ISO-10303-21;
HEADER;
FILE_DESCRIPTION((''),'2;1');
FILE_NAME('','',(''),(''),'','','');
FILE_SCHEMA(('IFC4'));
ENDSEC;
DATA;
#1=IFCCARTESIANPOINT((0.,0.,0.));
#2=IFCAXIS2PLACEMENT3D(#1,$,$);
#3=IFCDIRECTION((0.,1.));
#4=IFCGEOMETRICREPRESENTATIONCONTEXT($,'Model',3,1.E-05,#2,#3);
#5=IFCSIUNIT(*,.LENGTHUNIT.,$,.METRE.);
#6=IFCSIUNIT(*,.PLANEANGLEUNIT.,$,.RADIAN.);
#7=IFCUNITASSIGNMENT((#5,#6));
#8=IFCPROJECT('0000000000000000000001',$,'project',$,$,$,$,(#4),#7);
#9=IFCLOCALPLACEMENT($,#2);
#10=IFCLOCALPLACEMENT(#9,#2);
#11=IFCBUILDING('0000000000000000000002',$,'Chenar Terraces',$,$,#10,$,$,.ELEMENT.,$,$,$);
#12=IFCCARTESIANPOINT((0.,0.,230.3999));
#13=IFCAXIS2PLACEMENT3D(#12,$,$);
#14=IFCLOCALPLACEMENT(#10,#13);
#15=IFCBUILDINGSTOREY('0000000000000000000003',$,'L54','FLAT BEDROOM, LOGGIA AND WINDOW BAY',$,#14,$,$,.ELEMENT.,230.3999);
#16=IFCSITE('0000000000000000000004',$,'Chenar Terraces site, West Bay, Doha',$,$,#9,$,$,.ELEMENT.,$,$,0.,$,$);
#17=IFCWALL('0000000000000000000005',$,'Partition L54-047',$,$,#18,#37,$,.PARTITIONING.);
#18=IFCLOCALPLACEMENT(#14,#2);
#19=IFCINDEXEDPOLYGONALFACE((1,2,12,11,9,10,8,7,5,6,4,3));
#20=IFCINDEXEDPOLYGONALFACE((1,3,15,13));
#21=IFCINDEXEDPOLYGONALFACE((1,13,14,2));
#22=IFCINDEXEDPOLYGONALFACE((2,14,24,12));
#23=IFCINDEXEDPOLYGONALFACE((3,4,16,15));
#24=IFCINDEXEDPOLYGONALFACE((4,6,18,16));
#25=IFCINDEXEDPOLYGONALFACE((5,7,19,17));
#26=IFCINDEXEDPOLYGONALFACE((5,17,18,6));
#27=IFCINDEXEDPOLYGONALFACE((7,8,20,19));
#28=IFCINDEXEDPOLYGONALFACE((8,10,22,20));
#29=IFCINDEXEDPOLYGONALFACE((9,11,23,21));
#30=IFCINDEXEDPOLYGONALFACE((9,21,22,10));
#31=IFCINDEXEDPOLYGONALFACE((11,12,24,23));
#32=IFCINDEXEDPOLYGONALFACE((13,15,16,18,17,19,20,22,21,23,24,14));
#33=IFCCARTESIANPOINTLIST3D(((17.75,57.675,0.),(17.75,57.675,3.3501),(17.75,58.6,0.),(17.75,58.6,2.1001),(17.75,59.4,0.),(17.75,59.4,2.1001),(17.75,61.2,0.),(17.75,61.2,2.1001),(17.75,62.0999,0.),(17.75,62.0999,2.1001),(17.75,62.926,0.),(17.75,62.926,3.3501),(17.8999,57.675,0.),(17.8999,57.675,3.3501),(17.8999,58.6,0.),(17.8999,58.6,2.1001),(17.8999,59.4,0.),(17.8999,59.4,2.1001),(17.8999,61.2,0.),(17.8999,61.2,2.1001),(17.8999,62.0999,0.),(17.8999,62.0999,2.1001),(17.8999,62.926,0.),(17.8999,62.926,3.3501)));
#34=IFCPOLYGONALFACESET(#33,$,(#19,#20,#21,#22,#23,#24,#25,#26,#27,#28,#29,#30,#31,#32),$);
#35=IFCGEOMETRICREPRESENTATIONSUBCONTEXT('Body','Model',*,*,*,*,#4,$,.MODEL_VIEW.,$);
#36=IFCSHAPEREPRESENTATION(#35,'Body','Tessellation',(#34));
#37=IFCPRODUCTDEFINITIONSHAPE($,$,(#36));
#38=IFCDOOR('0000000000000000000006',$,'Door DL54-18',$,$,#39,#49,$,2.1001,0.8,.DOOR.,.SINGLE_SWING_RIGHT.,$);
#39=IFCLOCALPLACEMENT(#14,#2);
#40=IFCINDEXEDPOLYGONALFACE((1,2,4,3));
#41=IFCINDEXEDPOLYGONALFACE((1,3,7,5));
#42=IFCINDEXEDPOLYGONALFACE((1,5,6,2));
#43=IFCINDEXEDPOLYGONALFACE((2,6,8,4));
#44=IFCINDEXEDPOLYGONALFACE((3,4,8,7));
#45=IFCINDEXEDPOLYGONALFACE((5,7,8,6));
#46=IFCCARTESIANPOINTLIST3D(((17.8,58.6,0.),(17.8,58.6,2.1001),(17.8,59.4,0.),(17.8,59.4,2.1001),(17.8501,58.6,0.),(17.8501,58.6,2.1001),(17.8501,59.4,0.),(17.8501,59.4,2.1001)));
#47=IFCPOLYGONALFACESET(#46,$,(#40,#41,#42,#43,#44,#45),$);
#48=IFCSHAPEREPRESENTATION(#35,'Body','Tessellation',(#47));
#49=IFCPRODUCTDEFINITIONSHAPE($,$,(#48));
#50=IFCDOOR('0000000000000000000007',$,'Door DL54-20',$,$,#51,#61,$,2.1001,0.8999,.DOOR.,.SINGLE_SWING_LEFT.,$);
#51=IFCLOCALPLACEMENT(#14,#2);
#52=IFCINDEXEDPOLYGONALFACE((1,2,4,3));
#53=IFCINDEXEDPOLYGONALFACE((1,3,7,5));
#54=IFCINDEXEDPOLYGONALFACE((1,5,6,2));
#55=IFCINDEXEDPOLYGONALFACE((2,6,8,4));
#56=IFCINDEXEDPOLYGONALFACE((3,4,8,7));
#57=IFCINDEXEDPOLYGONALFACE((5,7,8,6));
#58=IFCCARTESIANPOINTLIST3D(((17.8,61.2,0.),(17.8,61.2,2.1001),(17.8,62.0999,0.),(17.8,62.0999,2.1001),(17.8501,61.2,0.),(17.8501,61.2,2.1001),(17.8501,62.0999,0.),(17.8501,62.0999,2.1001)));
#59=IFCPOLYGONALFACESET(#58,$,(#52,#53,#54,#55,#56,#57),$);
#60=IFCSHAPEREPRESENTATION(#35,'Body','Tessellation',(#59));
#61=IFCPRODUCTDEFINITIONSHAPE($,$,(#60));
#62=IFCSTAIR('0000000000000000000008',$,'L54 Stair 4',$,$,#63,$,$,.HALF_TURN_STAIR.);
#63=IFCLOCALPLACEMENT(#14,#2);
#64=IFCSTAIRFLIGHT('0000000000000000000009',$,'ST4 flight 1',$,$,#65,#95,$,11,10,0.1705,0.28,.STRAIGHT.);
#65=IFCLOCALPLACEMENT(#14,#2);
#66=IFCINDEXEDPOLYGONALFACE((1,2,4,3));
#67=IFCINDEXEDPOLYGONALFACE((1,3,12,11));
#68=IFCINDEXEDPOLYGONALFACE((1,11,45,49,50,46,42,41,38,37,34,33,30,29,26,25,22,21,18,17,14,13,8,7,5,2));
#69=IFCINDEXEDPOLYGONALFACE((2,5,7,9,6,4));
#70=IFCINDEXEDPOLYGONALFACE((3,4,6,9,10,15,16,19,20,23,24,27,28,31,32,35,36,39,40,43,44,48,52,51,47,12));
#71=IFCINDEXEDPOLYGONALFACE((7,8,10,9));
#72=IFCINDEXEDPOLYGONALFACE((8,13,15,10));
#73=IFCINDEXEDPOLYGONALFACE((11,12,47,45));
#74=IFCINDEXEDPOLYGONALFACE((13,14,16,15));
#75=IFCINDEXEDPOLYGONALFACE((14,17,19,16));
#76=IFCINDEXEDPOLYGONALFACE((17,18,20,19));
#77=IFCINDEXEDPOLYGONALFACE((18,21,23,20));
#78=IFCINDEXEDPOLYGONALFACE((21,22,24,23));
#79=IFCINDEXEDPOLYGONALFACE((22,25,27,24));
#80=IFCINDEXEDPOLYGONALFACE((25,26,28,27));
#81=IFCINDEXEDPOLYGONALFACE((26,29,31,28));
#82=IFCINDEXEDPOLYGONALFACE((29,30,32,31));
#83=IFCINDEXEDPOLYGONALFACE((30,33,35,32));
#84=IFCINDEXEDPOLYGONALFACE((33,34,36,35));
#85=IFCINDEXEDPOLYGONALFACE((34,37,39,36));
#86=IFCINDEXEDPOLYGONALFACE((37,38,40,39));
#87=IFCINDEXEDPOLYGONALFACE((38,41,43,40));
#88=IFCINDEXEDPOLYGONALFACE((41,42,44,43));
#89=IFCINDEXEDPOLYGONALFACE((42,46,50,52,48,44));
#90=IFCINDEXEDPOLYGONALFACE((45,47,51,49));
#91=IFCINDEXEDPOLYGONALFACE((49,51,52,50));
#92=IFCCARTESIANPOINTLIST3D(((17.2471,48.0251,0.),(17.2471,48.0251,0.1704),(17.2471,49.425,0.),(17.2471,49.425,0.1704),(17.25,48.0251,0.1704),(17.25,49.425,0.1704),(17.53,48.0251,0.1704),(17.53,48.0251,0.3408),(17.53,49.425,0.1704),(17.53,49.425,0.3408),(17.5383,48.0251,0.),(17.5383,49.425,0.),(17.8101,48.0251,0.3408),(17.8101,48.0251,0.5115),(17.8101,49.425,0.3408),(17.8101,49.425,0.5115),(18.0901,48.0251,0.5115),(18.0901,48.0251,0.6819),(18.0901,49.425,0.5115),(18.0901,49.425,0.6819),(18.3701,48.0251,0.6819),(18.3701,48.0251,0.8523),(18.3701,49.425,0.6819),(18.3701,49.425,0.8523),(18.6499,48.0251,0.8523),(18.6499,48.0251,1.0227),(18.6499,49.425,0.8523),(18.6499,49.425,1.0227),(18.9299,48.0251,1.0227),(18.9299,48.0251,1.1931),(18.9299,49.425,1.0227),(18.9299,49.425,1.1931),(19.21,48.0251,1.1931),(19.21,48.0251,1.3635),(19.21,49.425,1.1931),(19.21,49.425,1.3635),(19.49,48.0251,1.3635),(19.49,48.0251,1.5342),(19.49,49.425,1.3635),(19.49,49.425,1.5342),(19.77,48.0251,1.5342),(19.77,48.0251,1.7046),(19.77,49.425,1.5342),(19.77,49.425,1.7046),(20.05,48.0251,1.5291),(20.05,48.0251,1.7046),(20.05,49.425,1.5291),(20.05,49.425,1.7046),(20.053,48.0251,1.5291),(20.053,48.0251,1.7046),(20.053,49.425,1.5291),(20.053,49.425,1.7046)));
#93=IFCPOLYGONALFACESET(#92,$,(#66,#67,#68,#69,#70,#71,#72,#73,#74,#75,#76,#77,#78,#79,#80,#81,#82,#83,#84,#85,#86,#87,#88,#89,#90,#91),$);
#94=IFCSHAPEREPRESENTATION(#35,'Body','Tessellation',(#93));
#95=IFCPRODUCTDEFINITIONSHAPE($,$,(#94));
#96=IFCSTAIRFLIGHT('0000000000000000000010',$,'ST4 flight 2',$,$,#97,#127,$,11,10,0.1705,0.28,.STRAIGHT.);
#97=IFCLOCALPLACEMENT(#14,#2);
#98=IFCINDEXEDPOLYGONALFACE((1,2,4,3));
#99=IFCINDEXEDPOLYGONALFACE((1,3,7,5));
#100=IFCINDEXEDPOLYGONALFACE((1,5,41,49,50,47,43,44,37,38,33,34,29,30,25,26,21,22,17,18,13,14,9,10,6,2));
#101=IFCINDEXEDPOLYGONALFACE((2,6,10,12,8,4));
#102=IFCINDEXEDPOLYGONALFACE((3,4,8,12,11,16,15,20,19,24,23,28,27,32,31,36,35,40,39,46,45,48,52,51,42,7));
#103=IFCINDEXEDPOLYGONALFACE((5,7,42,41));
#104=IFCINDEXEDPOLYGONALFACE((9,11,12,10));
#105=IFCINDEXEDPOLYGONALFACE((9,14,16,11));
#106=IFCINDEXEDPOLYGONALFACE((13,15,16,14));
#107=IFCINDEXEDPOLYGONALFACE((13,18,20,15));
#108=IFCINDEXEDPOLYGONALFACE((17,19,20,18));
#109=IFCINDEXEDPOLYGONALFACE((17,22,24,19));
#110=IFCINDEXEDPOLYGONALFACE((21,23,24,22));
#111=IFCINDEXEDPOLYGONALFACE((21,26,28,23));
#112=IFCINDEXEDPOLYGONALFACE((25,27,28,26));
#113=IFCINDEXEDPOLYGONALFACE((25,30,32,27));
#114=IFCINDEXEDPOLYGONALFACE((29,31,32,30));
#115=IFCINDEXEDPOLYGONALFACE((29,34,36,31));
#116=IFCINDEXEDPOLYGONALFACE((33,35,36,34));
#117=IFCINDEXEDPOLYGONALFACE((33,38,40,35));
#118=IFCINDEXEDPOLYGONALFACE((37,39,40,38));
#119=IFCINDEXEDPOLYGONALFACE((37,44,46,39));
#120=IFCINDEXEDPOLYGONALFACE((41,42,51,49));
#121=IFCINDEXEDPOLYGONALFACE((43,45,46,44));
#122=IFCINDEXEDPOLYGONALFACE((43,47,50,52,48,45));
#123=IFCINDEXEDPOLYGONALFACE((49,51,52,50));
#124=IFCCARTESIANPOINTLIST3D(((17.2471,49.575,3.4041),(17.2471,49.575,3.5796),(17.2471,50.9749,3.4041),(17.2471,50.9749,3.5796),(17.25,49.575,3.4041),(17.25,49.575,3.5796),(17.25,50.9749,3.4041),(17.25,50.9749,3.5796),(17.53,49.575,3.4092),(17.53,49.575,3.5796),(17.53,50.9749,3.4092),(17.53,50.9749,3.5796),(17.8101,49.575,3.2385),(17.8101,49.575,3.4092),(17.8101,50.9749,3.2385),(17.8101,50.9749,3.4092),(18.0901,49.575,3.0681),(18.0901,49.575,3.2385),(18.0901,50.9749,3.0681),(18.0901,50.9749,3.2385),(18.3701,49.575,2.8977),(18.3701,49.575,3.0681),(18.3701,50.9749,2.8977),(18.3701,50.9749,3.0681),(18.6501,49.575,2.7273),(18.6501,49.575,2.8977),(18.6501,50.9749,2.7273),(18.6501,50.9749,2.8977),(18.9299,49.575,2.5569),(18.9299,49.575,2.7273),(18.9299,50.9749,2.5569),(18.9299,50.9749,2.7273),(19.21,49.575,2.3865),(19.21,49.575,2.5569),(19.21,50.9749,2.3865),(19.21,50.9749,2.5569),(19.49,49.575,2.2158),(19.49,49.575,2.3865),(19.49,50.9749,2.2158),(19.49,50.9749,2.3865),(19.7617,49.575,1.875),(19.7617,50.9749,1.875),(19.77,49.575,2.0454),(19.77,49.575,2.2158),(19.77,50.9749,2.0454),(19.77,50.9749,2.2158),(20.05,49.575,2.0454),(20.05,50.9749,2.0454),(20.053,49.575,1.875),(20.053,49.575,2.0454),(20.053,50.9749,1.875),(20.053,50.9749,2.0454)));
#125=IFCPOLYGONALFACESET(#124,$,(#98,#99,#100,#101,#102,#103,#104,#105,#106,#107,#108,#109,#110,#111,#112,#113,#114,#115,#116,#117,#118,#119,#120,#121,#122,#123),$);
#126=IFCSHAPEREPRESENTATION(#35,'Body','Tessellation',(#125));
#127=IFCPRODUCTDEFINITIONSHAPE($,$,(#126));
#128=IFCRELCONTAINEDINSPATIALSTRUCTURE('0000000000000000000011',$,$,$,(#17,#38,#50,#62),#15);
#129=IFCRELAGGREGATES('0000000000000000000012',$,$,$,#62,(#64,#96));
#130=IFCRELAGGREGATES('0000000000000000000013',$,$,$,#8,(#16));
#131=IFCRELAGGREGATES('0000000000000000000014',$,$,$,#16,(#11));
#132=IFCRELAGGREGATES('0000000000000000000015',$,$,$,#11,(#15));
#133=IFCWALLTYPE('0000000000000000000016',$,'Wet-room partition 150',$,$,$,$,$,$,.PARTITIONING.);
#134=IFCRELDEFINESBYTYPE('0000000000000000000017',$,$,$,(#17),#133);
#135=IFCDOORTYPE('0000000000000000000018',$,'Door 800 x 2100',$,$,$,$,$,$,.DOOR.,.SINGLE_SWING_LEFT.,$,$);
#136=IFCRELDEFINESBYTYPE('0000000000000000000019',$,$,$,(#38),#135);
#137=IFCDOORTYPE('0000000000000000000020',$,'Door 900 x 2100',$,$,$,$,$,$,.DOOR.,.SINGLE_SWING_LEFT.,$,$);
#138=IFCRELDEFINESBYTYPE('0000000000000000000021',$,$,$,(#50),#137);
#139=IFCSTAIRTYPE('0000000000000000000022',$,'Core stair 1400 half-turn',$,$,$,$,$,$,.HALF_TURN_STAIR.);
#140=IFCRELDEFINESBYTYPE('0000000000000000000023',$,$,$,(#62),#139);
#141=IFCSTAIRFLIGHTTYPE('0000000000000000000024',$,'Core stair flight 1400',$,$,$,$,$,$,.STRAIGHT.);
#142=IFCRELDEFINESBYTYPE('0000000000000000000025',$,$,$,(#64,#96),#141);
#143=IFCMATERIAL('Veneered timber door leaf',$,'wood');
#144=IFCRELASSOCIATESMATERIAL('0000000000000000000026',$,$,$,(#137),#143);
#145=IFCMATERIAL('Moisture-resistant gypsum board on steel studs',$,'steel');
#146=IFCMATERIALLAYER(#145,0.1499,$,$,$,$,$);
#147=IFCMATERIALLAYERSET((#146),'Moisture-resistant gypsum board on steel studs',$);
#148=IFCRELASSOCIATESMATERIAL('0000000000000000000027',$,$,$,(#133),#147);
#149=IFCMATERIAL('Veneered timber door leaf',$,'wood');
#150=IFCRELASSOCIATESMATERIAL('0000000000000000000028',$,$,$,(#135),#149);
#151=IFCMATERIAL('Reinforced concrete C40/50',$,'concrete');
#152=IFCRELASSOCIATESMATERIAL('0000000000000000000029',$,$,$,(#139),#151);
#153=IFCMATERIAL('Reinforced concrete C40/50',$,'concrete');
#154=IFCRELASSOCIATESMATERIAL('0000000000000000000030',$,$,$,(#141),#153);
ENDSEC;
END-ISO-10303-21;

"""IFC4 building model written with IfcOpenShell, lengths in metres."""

from ifc_helpers import new_model, si_unit, direction, frame, frame_2d, origin, place, context, subcontext, project, spatial, polyline, rectangle, outline, extrude, material, layer, layer_set, type_object, element, fill, aggregate, save


model = new_model("IFC4")

# Units and contexts
model_context = context("Model", 3, precision=1e-05, world=origin(), true_north=direction((0.0, 1.0)))
body_context = subcontext(model_context, "Body", "Model", "MODEL_VIEW")
ifc_project = project(units=[si_unit("LENGTHUNIT", "METRE"), si_unit("PLANEANGLEUNIT", "RADIAN")], contexts=[model_context])

# Site, building, storey
site_placement = place(None, origin())
site = spatial("IfcSite", under=ifc_project, at=site_placement, Name="Chenar Terraces site, West Bay, Doha", CompositionType="ELEMENT", RefElevation=0.0)
building_placement = place(site_placement, origin())
building = spatial("IfcBuilding", under=site, at=building_placement, Name="Chenar Terraces", CompositionType="ELEMENT")
storey_placement = place(building_placement, frame((0.0, 0.0, 230.3999)))
storey = spatial("IfcBuildingStorey", under=building, at=storey_placement, Name="L54", Description="FLAT BEDROOM, LOGGIA AND WINDOW BAY", CompositionType="ELEMENT", Elevation=230.3999)

# Shared definitions
ifc_material_1 = material(Name="Veneered timber door leaf", Category="wood")
door_type_1 = type_object("IfcDoorType", Name="Door 900 x 2100", OperationType="SINGLE_SWING_LEFT", PredefinedType="DOOR", material=ifc_material_1)

# Shared definitions
ifc_material_2 = material(Name="Moisture-resistant gypsum board on steel studs", Category="steel")
ifc_layer_1 = layer(ifc_material_2, 0.1499)
ifc_layer_set_1 = layer_set([ifc_layer_1], Name="Moisture-resistant gypsum board on steel studs")
wall_type_1 = type_object("IfcWallType", Name="Wet-room partition 150", PredefinedType="PARTITIONING", material=ifc_layer_set_1)

# Wall, openings, doors
wall_1_placement = place(storey_placement, frame((17.825, 57.675, 0.0), z_axis=(0.0, 0.0, 1.0), x_axis=(0.0, 1.0, 0.0)))
wall_1 = element("IfcWall", 1, at=wall_1_placement, inside=storey, type_object=wall_type_1, Name="Partition L54-047", PredefinedType="PARTITIONING", context=body_context, shape_type="SweptSolid", body=[
    extrude(rectangle(XDim=5.251, YDim=0.1499, at=frame_2d((2.6255, 0.0))), origin(), (0.0, 0.0, 1.0), 3.3501),
])
opening_1_placement = place(wall_1_placement, frame((0.925, 0.0, 0.0)))
opening_1 = element("IfcOpeningElement", 2, at=opening_1_placement, cuts=wall_1, PredefinedType="OPENING", context=body_context, shape_type="SweptSolid", body=[
    extrude(rectangle(XDim=0.8, YDim=2.1001, at=frame_2d((0.3999, 1.05))), frame((0.0, 0.085, 0.0), z_axis=(0.0, -1.0, 0.0), x_axis=(1.0, 0.0, 0.0)), (0.0, 0.0, 1.0), 0.1699),
])
opening_2_placement = place(wall_1_placement, frame((3.5249, 0.0, 0.0)))
opening_2 = element("IfcOpeningElement", 3, at=opening_2_placement, cuts=wall_1, PredefinedType="OPENING", context=body_context, shape_type="SweptSolid", body=[
    extrude(rectangle(XDim=0.8999, YDim=2.1001, at=frame_2d((0.45, 1.05))), frame((0.0, 0.085, 0.0), z_axis=(0.0, -1.0, 0.0), x_axis=(1.0, 0.0, 0.0)), (0.0, 0.0, 1.0), 0.1699),
])
ifc_material_3 = material(Name="Veneered timber door leaf", Category="wood")
door_type_2 = type_object("IfcDoorType", Name="Door 800 x 2100", OperationType="SINGLE_SWING_LEFT", PredefinedType="DOOR", material=ifc_material_3)
door_1_placement = place(opening_1_placement, origin())
door_1 = element("IfcDoor", 4, at=door_1_placement, inside=storey, type_object=door_type_2, Name="Door DL54-18", OperationType="SINGLE_SWING_RIGHT", OverallHeight=2.1001, OverallWidth=0.8, PredefinedType="DOOR", context=body_context, shape_type="SweptSolid", body=[
    extrude(rectangle(XDim=0.8, YDim=2.1001, at=frame_2d((0.3999, 1.05))), frame((0.0, 0.0249, 0.0), z_axis=(0.0, -1.0, 0.0), x_axis=(1.0, 0.0, 0.0)), (0.0, 0.0, 1.0), 0.05),
])
fill(opening_1, door_1)
door_2_placement = place(opening_2_placement, origin())
door_2 = element("IfcDoor", 5, at=door_2_placement, inside=storey, type_object=door_type_1, Name="Door DL54-20", OperationType="SINGLE_SWING_LEFT", OverallHeight=2.1001, OverallWidth=0.8999, PredefinedType="DOOR", context=body_context, shape_type="SweptSolid", body=[
    extrude(rectangle(XDim=0.8999, YDim=2.1001, at=frame_2d((0.45, 1.05))), frame((0.0, 0.0249, 0.0), z_axis=(0.0, -1.0, 0.0), x_axis=(1.0, 0.0, 0.0)), (0.0, 0.0, 1.0), 0.05),
])
fill(opening_2, door_2)

# Stair, stair flights
ifc_material_4 = material(Name="Reinforced concrete C40/50", Category="concrete")
stair_type = type_object("IfcStairType", Name="Core stair 1400 half-turn", PredefinedType="HALF_TURN_STAIR", material=ifc_material_4)
stair_placement = place(storey_placement, origin())
stair = element("IfcStair", 6, at=stair_placement, inside=storey, type_object=stair_type, Name="L54 Stair 4", PredefinedType="HALF_TURN_STAIR")
ifc_material_5 = material(Name="Reinforced concrete C40/50", Category="concrete")
stair_flight_type = type_object("IfcStairFlightType", Name="Core stair flight 1400", PredefinedType="STRAIGHT", material=ifc_material_5)
stair_flight_1_placement = place(storey_placement, frame((17.25, 48.7251, 0.0), z_axis=(0.0, 0.0, 1.0), x_axis=(1.0, 0.0, 0.0)))
stair_flight_1 = element("IfcStairFlight", 7, at=stair_flight_1_placement, type_object=stair_flight_type, Name="ST4 flight 1", NumberOfRisers=11, NumberOfTreads=10, PredefinedType="STRAIGHT", RiserHeight=0.1705, TreadLength=0.28, context=body_context, shape_type="SweptSolid", body=[
    extrude(outline(polyline([(-0.0029, 0.0), (-0.0029, 0.1704), (0.0, 0.1704), (0.28, 0.1704), (0.28, 0.3408), (0.5601, 0.3408), (0.5601, 0.5115), (0.8401, 0.5115), (0.8401, 0.6819), (1.1201, 0.6819), (1.1201, 0.8523), (1.3999, 0.8523), (1.3999, 1.0227), (1.6799, 1.0227), (1.6799, 1.1931), (1.96, 1.1931), (1.96, 1.3635), (2.24, 1.3635), (2.24, 1.5342), (2.52, 1.5342), (2.52, 1.7046), (2.8, 1.7046), (2.803, 1.7046), (2.803, 1.5291), (2.8, 1.5291), (0.2883, 0.0), (-0.0029, 0.0)])), frame((0.0, 0.7, 0.0), z_axis=(0.0, -1.0, 0.0), x_axis=(1.0, 0.0, 0.0)), (0.0, 0.0, 1.0), 1.3999),
])
stair_flight_2_placement = place(storey_placement, frame((20.05, 50.2749, 1.875), z_axis=(0.0, 0.0, 1.0), x_axis=(-1.0, 0.0, 0.0)))
stair_flight_2 = element("IfcStairFlight", 8, at=stair_flight_2_placement, type_object=stair_flight_type, Name="ST4 flight 2", NumberOfRisers=11, NumberOfTreads=10, PredefinedType="STRAIGHT", RiserHeight=0.1705, TreadLength=0.28, context=body_context, shape_type="SweptSolid", body=[
    extrude(outline(polyline([(-0.0029, 0.0), (-0.0029, 0.1704), (0.0, 0.1704), (0.28, 0.1704), (0.28, 0.3408), (0.5601, 0.3408), (0.5601, 0.5115), (0.8401, 0.5115), (0.8401, 0.6819), (1.1201, 0.6819), (1.1201, 0.8523), (1.3999, 0.8523), (1.3999, 1.0227), (1.6799, 1.0227), (1.6799, 1.1931), (1.96, 1.1931), (1.96, 1.3635), (2.24, 1.3635), (2.24, 1.5342), (2.52, 1.5342), (2.52, 1.7046), (2.8, 1.7046), (2.803, 1.7046), (2.803, 1.5291), (2.8, 1.5291), (0.2883, 0.0), (-0.0029, 0.0)])), frame((0.0, 0.7, 0.0), z_axis=(0.0, -1.0, 0.0), x_axis=(1.0, 0.0, 0.0)), (0.0, 0.0, 1.0), 1.3999),
])
aggregate(stair, [stair_flight_1, stair_flight_2])

save(model, "model.ifc")
